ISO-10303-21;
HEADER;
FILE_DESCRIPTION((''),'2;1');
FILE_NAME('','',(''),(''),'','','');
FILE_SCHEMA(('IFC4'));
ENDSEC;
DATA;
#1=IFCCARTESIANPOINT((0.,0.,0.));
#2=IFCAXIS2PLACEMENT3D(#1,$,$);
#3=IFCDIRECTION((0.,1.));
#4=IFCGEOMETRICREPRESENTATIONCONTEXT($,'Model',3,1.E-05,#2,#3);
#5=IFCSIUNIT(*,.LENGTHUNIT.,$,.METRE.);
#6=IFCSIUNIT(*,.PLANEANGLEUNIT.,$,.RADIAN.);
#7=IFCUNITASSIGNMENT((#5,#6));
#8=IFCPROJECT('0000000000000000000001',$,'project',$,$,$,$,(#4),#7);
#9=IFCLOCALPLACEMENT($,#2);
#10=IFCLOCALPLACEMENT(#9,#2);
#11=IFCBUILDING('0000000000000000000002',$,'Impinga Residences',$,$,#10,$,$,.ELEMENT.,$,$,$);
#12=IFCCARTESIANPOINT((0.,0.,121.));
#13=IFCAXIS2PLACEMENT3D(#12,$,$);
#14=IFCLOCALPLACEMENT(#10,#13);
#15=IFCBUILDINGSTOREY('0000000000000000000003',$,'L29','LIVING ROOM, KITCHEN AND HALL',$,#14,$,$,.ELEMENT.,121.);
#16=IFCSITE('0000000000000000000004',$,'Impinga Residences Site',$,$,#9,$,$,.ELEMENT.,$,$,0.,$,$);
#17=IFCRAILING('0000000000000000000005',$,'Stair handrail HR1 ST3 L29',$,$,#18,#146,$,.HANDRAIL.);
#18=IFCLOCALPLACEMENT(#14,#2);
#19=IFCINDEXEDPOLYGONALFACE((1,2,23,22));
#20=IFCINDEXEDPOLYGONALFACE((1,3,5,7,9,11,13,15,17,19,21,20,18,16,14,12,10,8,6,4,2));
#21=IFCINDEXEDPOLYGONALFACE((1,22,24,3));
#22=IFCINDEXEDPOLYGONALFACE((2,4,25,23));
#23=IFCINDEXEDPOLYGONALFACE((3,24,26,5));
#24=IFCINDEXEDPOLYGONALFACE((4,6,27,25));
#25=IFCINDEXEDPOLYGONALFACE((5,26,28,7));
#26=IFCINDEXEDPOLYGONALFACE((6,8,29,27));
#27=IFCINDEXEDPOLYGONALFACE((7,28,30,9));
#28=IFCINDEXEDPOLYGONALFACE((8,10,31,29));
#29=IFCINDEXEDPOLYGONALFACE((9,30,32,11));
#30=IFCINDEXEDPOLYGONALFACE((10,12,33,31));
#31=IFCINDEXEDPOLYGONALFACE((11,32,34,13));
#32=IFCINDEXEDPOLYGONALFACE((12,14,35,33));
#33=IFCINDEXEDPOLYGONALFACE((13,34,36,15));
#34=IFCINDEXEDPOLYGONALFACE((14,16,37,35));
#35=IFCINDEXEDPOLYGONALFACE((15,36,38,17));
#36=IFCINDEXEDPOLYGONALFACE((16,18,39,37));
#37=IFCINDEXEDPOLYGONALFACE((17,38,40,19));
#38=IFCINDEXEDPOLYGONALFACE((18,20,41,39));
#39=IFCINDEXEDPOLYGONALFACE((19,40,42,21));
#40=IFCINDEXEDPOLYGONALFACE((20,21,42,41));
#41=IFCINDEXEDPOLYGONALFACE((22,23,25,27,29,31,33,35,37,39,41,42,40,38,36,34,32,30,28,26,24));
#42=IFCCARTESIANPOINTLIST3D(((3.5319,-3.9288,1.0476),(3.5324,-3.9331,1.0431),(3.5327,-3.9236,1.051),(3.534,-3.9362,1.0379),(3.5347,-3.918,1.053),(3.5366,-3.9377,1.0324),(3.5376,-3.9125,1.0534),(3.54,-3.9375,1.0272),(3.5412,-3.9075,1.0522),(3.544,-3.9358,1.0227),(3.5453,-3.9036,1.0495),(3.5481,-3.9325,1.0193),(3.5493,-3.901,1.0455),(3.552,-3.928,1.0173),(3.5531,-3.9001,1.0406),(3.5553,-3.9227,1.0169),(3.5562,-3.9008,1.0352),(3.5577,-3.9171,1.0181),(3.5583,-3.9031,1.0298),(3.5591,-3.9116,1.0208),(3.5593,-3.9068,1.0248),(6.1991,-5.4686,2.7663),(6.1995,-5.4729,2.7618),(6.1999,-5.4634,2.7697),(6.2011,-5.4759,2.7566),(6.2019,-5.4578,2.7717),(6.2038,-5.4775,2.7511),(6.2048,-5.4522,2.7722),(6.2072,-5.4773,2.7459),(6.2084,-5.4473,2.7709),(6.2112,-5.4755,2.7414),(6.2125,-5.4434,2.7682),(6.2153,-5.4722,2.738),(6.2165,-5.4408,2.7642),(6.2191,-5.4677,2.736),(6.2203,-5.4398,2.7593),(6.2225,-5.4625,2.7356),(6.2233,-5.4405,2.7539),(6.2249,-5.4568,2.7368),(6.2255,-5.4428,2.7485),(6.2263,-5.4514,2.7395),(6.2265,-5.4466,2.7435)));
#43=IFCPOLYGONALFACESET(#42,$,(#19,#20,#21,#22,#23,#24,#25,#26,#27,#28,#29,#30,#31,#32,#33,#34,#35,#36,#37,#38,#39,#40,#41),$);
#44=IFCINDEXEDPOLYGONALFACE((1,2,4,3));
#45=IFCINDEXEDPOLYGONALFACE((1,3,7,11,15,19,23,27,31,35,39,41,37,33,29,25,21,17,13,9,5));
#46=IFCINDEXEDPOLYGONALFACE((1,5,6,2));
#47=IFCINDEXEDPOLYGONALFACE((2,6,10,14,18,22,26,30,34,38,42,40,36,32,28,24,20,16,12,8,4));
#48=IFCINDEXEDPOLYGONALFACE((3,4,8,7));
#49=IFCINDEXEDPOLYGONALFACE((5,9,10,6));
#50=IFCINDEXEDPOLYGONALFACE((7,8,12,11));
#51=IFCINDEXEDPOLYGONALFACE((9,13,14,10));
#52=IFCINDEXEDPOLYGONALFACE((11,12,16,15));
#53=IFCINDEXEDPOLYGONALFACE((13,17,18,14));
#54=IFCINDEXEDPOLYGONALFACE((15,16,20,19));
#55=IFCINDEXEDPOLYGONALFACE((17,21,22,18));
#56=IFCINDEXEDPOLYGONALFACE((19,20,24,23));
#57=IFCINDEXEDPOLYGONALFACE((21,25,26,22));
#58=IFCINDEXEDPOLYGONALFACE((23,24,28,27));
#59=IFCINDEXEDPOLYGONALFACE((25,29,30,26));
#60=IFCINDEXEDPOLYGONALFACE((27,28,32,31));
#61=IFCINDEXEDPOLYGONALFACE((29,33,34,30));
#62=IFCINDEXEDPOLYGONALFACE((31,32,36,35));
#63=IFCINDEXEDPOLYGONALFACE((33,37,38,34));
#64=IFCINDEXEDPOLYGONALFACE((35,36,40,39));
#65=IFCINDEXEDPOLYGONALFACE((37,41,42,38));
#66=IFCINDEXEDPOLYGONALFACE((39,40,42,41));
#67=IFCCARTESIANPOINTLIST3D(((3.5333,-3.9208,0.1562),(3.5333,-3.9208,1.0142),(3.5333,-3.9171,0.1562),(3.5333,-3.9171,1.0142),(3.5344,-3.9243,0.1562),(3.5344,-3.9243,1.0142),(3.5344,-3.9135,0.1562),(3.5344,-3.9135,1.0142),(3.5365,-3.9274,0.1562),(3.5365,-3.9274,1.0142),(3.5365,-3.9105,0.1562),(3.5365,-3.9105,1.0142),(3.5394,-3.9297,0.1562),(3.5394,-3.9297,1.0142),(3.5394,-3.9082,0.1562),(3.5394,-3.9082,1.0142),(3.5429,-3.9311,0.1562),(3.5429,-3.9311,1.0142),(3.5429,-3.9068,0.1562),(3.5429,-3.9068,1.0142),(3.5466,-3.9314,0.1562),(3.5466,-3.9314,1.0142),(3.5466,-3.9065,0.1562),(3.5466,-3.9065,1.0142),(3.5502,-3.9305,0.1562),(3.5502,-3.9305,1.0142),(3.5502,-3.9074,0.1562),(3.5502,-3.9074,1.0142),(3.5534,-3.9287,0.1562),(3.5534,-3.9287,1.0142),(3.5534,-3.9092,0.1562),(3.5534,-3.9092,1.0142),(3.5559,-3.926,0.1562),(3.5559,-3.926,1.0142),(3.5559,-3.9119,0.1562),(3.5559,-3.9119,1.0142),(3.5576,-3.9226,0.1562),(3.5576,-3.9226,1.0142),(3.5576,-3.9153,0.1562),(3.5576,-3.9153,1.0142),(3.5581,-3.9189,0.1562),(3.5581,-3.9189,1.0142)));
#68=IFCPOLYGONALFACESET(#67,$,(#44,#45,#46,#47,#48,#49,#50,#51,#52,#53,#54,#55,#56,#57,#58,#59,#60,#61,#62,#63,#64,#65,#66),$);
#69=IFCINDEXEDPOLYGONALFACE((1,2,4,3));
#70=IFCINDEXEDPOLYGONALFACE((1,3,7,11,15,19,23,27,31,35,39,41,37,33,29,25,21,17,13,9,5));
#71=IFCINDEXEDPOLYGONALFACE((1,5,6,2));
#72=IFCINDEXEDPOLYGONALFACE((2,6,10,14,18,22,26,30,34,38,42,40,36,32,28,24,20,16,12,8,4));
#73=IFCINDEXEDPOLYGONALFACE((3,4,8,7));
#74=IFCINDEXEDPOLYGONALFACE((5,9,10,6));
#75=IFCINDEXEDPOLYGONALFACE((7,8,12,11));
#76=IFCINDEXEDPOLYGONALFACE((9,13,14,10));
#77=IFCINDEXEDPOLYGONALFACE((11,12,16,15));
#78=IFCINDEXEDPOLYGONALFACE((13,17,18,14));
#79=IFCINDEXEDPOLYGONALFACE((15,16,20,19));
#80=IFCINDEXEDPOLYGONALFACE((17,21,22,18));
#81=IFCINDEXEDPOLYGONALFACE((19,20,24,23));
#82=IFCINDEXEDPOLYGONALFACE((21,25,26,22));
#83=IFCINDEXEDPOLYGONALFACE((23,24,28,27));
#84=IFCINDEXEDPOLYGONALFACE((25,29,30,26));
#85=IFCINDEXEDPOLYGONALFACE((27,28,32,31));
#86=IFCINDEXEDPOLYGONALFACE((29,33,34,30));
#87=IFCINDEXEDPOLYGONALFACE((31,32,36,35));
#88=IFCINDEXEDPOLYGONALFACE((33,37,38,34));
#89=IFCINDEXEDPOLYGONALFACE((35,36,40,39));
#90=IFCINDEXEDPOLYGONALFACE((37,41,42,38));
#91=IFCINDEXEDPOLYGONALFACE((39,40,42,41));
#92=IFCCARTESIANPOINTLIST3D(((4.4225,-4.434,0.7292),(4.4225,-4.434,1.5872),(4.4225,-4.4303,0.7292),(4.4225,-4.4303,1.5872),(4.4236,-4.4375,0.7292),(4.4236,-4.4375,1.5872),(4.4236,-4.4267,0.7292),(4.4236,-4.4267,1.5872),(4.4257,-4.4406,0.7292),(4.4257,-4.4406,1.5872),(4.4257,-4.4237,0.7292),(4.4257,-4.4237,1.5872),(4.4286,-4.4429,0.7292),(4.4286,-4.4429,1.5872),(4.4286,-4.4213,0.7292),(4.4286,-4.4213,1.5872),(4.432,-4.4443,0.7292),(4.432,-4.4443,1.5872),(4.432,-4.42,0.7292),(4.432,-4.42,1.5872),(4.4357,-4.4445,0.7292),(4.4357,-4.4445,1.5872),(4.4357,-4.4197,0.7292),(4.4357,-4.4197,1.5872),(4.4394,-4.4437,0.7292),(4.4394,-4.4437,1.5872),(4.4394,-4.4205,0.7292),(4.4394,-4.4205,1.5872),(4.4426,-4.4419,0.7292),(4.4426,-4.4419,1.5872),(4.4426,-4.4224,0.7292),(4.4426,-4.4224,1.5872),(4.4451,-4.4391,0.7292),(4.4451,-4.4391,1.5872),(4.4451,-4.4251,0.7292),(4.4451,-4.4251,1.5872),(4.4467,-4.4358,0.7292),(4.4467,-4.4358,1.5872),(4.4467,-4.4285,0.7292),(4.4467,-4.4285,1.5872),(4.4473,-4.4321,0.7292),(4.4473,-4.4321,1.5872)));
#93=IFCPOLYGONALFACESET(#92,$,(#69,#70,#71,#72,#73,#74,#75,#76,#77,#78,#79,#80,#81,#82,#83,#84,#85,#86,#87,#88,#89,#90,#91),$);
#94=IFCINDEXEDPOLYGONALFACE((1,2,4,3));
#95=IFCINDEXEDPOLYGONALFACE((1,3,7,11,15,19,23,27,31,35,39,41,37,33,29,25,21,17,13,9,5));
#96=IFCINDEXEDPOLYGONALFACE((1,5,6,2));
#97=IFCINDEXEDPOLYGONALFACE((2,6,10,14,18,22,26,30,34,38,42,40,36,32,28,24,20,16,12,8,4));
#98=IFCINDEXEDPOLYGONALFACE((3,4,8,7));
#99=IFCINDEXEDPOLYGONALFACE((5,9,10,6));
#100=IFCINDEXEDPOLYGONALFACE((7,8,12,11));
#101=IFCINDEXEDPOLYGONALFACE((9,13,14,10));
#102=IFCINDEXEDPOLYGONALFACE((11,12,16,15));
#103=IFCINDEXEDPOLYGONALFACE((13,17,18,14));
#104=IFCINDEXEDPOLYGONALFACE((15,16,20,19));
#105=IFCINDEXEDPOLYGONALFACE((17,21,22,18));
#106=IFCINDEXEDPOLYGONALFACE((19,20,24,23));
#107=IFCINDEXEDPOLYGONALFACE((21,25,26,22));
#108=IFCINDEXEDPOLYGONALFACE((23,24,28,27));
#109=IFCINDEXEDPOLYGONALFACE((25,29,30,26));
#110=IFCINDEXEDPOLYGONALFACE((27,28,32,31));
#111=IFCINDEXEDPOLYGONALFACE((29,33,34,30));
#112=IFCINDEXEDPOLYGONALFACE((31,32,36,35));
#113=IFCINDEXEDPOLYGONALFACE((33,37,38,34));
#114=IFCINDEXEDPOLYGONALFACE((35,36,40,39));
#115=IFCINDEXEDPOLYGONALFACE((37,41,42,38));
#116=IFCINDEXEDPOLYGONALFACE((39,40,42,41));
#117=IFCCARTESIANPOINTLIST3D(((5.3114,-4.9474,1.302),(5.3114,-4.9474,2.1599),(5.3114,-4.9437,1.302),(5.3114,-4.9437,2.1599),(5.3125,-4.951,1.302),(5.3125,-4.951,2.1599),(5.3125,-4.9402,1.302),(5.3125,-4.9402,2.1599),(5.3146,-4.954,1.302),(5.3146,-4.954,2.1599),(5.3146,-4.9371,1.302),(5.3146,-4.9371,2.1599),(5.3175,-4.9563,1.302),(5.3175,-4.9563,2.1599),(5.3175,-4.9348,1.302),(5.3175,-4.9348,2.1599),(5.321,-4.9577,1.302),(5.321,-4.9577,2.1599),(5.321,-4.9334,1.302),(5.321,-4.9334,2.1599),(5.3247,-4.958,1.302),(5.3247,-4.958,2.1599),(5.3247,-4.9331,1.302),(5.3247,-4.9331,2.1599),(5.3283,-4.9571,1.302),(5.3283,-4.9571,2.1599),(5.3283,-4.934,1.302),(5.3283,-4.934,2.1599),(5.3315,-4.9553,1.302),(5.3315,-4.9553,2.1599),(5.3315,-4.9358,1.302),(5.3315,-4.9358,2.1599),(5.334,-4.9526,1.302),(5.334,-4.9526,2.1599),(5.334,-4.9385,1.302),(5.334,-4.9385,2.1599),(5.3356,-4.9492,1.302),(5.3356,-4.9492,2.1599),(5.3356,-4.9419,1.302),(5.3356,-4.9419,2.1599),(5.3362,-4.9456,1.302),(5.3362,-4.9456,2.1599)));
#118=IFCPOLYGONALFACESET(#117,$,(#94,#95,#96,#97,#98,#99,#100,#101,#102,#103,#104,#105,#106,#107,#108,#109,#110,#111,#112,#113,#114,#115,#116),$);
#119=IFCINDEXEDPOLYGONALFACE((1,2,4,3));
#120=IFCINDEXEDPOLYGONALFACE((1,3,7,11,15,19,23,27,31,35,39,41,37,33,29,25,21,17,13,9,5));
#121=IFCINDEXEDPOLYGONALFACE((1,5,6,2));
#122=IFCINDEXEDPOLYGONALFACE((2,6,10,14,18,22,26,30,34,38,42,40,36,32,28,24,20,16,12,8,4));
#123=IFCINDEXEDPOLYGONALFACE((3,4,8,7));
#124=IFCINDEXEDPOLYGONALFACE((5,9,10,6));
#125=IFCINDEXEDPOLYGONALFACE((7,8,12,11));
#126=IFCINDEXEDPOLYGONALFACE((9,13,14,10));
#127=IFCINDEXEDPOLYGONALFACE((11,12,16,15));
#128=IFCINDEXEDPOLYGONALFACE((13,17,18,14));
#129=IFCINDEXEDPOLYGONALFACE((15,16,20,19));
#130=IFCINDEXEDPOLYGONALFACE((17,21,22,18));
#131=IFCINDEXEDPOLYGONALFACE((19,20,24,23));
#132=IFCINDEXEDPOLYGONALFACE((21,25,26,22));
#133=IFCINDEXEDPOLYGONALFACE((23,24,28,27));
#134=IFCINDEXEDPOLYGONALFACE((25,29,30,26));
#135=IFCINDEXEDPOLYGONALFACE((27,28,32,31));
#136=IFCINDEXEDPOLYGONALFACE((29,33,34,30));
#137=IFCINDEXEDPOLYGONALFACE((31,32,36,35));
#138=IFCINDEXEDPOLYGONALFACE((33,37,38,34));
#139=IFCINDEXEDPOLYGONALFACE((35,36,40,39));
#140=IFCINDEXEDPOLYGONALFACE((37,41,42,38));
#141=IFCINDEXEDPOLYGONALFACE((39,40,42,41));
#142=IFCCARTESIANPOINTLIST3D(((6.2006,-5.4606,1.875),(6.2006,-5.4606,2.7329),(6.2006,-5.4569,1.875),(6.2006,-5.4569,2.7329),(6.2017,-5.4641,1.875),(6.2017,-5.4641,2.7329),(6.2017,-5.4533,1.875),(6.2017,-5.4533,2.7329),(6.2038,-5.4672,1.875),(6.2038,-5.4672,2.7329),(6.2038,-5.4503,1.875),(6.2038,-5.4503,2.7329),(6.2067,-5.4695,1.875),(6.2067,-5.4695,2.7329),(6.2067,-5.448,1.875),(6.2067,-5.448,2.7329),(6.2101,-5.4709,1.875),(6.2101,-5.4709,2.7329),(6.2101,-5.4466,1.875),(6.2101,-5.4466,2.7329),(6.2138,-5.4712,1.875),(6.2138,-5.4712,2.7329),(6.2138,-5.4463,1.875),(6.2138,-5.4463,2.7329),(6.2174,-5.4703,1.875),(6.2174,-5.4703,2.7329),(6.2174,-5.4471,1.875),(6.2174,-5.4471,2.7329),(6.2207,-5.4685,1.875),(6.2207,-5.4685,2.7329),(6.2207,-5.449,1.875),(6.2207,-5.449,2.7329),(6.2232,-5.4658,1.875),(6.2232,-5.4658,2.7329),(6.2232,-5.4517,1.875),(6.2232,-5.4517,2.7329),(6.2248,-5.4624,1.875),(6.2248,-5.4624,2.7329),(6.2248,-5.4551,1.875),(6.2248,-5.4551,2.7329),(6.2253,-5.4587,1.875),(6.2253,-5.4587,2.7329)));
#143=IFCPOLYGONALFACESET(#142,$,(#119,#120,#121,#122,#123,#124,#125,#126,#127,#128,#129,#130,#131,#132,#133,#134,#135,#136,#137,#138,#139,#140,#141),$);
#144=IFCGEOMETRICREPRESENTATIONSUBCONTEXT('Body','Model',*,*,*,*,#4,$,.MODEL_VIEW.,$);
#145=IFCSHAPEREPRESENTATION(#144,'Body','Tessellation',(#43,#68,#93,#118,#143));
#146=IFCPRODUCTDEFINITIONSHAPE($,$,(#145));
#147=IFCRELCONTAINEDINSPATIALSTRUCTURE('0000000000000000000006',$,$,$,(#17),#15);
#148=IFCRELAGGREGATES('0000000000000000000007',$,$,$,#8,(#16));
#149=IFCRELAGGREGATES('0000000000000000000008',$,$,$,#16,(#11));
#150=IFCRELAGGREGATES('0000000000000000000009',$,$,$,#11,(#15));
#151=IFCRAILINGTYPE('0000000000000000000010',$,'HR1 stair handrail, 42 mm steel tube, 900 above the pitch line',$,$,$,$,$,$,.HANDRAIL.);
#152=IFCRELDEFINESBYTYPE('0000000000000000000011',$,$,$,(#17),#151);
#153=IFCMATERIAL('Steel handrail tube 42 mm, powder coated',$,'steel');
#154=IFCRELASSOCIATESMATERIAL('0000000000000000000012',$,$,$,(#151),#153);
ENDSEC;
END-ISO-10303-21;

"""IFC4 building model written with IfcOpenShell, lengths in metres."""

from ifc_helpers import new_model, si_unit, direction, frame, origin, origin_2d, place, context, subcontext, project, spatial, circle, extrude, material, type_object, element, save


model = new_model("IFC4")

# Units and contexts
model_context = context("Model", 3, precision=1e-05, world=origin(), true_north=direction((0.0, 1.0)))
body_context = subcontext(model_context, "Body", "Model", "MODEL_VIEW")
ifc_project = project(units=[si_unit("LENGTHUNIT", "METRE"), si_unit("PLANEANGLEUNIT", "RADIAN")], contexts=[model_context])

# Site, building, storey
site_placement = place(None, origin())
site = spatial("IfcSite", under=ifc_project, at=site_placement, Name="Impinga Residences Site", CompositionType="ELEMENT", RefElevation=0.0)
building_placement = place(site_placement, origin())
building = spatial("IfcBuilding", under=site, at=building_placement, Name="Impinga Residences", CompositionType="ELEMENT")
storey_placement = place(building_placement, frame((0.0, 0.0, 121.0)))
storey = spatial("IfcBuildingStorey", under=building, at=storey_placement, Name="L29", Description="LIVING ROOM, KITCHEN AND HALL", CompositionType="ELEMENT", Elevation=121.0)

# Railing
ifc_material_1 = material(Name="Steel handrail tube 42 mm, powder coated", Category="steel")
railing_type_1 = type_object("IfcRailingType", Name="HR1 stair handrail, 42 mm steel tube, 900 above the pitch line", PredefinedType="HANDRAIL", material=ifc_material_1)
railing_1_placement = place(storey_placement, frame((3.5457, -3.9189, 0.1562)))
element("IfcRailing", 1, at=railing_1_placement, inside=storey, type_object=railing_type_1, Name="Stair handrail HR1 ST3 L29", PredefinedType="HANDRAIL", context=body_context, shape_type="SweptSolid", body=[
    extrude(circle(Radius=0.021, at=origin_2d()), frame((0.0, 0.0, 0.8789), z_axis=(0.756249, -0.436582, 0.487322), x_axis=(0.499967, 0.866044, 0.0)), (0.0, 0.0, 1.0), 3.5269),
    extrude(circle(Radius=0.0125, at=origin_2d()), origin(), (0.0, 0.0, 1.0), 0.8579),
    extrude(circle(Radius=0.0125, at=origin_2d()), frame((0.8892, -0.5132, 0.573)), (0.0, 0.0, 1.0), 0.8579),
    extrude(circle(Radius=0.0125, at=origin_2d()), frame((1.7781, -1.0266, 1.1458)), (0.0, 0.0, 1.0), 0.8579),
    extrude(circle(Radius=0.0125, at=origin_2d()), frame((2.6672, -1.5398, 1.7188)), (0.0, 0.0, 1.0), 0.8579),
])

save(model, "model.ifc")
